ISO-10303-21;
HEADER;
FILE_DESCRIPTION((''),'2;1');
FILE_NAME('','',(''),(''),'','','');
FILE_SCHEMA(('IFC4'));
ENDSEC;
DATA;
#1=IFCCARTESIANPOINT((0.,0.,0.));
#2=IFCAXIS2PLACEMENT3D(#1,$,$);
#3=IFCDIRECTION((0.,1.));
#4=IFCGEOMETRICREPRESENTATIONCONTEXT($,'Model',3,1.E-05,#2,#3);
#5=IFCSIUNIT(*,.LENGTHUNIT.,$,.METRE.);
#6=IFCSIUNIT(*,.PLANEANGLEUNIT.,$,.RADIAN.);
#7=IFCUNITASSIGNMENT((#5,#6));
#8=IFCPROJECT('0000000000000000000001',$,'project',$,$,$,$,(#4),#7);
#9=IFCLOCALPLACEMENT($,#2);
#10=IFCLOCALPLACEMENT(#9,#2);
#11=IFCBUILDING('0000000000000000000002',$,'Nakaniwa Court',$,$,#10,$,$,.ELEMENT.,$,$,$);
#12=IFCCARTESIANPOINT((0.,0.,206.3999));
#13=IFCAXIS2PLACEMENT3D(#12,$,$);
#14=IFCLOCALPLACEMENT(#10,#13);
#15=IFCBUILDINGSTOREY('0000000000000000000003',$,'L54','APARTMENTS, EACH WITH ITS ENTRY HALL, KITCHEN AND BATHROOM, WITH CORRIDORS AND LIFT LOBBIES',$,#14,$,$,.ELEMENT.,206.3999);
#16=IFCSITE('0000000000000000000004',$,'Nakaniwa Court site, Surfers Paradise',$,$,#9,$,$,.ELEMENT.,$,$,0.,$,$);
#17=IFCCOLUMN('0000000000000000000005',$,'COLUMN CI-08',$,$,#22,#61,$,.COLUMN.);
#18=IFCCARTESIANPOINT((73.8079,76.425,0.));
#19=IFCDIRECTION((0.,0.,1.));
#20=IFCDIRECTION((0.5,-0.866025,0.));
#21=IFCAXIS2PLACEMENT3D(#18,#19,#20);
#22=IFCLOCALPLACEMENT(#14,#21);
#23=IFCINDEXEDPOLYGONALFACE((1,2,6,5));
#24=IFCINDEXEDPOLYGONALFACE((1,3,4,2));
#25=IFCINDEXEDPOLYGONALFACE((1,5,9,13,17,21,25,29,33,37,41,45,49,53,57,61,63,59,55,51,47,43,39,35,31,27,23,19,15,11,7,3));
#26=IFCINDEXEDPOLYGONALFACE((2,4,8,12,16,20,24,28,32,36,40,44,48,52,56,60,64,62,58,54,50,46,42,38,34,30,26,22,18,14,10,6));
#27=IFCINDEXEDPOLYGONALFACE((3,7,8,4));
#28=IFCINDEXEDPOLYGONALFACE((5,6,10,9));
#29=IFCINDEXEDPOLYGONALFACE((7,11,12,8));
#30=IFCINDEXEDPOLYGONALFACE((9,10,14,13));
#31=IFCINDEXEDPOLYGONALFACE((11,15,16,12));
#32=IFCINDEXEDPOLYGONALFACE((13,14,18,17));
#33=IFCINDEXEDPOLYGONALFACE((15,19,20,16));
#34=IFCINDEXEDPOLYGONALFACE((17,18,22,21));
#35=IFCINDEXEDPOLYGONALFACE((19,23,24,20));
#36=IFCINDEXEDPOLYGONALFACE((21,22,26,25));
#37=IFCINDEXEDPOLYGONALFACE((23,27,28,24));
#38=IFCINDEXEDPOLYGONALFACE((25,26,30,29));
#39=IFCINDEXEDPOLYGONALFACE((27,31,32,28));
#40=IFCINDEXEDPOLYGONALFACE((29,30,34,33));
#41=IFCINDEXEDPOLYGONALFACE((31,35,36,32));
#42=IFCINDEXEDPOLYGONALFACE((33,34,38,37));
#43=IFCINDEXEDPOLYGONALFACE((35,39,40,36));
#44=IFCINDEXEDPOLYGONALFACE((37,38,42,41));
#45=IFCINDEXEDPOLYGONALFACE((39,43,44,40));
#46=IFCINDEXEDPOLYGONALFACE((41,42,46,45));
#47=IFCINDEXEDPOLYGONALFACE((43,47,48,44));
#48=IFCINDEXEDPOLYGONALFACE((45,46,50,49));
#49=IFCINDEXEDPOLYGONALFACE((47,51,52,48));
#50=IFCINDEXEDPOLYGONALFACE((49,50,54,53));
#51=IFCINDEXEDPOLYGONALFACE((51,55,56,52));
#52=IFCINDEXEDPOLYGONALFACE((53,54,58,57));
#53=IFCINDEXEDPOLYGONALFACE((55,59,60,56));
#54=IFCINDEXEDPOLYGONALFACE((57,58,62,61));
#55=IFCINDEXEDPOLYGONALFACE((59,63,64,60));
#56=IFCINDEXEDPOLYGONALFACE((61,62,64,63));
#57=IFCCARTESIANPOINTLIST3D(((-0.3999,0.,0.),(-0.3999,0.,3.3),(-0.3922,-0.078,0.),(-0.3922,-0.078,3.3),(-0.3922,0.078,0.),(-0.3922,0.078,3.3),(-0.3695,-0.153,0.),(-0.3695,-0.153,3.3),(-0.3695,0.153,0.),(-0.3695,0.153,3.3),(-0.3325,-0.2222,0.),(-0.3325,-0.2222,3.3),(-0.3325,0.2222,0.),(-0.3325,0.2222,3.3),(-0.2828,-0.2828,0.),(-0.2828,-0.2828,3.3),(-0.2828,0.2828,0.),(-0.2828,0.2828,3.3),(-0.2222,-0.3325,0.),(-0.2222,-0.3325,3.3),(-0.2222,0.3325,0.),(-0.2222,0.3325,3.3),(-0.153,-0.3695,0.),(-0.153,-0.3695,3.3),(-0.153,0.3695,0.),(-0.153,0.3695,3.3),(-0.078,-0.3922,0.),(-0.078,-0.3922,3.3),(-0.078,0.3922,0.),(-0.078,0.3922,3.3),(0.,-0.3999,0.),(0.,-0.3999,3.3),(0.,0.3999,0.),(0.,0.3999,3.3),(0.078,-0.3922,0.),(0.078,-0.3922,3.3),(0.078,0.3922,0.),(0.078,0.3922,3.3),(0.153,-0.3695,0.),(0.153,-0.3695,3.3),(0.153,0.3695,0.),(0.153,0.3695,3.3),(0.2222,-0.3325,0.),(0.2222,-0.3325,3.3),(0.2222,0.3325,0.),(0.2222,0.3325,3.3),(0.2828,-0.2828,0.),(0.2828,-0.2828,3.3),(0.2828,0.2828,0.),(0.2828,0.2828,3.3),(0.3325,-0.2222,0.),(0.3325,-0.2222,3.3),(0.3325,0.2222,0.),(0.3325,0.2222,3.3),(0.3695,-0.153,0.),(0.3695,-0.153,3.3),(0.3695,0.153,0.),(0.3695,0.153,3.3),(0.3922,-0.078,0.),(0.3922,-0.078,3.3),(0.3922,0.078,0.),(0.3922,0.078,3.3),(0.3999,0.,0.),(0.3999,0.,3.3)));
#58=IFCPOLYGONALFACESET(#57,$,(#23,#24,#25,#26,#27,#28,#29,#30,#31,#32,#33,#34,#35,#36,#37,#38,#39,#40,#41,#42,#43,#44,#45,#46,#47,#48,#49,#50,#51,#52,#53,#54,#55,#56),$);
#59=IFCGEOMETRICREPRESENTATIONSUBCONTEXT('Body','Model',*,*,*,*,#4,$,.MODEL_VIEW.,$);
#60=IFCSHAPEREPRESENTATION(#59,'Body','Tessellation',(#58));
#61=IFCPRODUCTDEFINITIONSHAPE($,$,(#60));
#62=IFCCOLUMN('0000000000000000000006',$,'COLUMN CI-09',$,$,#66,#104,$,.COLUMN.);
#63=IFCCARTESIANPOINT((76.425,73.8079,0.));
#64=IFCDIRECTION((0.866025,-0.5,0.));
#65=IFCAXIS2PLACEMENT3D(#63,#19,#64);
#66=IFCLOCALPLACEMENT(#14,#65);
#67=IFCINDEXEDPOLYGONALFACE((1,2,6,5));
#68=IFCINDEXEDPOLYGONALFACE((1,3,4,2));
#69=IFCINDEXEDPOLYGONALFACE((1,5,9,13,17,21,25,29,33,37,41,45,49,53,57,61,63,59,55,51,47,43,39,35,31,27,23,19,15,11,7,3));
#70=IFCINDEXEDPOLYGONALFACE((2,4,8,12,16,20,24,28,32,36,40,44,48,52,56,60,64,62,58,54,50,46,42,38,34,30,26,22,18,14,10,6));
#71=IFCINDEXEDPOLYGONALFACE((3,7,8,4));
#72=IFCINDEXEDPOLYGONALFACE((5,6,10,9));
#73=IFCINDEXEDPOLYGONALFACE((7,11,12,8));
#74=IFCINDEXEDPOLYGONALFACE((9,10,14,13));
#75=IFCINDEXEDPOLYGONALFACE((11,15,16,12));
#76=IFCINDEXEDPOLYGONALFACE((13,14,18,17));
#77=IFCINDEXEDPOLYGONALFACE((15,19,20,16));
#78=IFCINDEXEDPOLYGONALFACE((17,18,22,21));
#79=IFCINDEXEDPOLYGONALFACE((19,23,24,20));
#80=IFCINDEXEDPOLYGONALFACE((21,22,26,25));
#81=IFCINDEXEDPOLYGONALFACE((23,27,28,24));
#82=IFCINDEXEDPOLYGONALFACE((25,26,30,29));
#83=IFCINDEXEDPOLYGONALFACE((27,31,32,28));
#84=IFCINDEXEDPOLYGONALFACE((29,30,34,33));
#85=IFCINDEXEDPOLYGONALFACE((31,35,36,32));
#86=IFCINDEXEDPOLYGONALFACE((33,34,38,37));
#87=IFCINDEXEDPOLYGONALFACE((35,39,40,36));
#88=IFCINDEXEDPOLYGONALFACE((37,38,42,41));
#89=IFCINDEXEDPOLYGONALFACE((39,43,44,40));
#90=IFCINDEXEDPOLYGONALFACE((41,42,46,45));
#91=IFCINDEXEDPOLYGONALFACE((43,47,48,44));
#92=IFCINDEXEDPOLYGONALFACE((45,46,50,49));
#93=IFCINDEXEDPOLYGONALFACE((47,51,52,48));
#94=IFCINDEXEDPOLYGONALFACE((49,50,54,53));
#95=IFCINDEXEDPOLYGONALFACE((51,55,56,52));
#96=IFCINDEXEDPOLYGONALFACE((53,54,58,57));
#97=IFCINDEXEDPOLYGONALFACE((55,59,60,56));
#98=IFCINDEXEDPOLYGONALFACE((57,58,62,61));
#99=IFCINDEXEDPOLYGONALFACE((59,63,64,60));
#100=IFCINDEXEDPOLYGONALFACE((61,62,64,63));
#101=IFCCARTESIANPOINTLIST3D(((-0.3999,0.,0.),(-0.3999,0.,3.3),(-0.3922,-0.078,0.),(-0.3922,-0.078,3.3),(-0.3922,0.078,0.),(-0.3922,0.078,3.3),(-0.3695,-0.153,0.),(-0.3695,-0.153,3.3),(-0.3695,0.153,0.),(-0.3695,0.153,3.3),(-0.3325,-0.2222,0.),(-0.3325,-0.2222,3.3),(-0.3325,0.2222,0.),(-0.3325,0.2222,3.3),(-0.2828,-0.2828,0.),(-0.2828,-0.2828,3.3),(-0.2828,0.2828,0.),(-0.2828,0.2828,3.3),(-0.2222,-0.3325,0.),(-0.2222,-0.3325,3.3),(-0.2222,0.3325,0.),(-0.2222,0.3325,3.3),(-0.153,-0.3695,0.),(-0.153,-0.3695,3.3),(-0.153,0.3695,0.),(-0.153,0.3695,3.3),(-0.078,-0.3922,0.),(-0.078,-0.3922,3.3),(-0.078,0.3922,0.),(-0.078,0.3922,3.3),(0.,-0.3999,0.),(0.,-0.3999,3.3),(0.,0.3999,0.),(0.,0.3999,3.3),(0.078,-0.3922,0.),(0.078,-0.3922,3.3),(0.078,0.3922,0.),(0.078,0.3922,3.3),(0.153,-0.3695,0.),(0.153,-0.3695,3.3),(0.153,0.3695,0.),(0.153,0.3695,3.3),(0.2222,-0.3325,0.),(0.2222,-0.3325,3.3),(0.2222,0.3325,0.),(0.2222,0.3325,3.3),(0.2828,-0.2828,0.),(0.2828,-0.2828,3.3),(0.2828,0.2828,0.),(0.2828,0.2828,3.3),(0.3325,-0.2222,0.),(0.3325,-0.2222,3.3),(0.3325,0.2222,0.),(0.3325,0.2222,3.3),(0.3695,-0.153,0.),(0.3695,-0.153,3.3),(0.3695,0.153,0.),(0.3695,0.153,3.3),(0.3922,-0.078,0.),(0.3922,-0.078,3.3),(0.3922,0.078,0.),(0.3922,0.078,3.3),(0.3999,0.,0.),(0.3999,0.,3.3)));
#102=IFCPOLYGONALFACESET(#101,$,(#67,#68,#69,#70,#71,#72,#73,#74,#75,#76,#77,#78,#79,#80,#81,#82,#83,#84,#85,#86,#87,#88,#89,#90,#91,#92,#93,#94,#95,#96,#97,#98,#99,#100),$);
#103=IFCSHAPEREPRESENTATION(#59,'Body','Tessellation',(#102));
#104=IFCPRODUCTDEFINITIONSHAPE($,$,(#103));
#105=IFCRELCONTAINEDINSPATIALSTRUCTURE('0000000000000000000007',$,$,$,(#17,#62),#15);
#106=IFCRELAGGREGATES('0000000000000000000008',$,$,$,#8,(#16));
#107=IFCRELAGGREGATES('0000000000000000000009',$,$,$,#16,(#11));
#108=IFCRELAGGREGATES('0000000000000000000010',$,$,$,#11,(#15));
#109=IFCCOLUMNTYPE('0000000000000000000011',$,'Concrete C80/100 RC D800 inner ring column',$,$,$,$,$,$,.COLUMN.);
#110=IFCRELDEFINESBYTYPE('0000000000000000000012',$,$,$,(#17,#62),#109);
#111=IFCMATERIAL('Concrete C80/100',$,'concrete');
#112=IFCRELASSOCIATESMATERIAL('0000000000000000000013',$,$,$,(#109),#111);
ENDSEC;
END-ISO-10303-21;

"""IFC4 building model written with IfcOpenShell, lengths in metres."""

from ifc_helpers import new_model, si_unit, direction, frame, origin, origin_2d, place, context, subcontext, project, spatial, circle, extrude, material, material_profile, profile_set, type_object, element, save


model = new_model("IFC4")

# Units and contexts
model_context = context("Model", 3, precision=1e-05, world=origin(), true_north=direction((0.0, 1.0)))
body_context = subcontext(model_context, "Body", "Model", "MODEL_VIEW")
ifc_project = project(units=[si_unit("LENGTHUNIT", "METRE"), si_unit("PLANEANGLEUNIT", "RADIAN")], contexts=[model_context])

# Site, building, storey
site_placement = place(None, origin())
site = spatial("IfcSite", under=ifc_project, at=site_placement, Name="Nakaniwa Court site, Surfers Paradise", CompositionType="ELEMENT", RefElevation=0.0)
building_placement = place(site_placement, origin())
building = spatial("IfcBuilding", under=site, at=building_placement, Name="Nakaniwa Court", CompositionType="ELEMENT")
storey_placement = place(building_placement, frame((0.0, 0.0, 206.3999)))
storey = spatial("IfcBuildingStorey", under=building, at=storey_placement, Name="L54", Description="APARTMENTS, EACH WITH ITS ENTRY HALL, KITCHEN AND BATHROOM, WITH CORRIDORS AND LIFT LOBBIES", CompositionType="ELEMENT", Elevation=206.3999)

# Columns
ifc_material_1 = material(Name="Concrete C80/100", Category="concrete")
ifc_material_profile_1 = material_profile(ifc_material_1, circle(Radius=0.3999, at=origin_2d()), Name="Concrete C80/100 RC D800 inner ring column")
ifc_profile_set_1 = profile_set([ifc_material_profile_1], Name="Concrete C80/100")
column_type_1 = type_object("IfcColumnType", Name="Concrete C80/100 RC D800 inner ring column", PredefinedType="COLUMN", material=ifc_profile_set_1)
for number, where, z_axis, x_axis, name in (
    (1, (73.8079, 76.425, 0.0), (0.0, 0.0, 1.0), (0.5, -0.866025, 0.0), "COLUMN CI-08"),
    (2, (76.425, 73.8079, 0.0), (0.0, 0.0, 1.0), (0.866025, -0.5, 0.0), "COLUMN CI-09"),
):
    element("IfcColumn", number, at=place(storey_placement, frame(where, z_axis=z_axis, x_axis=x_axis)), inside=storey, type_object=column_type_1, Name=name, PredefinedType="COLUMN", context=body_context, shape_type="SweptSolid", body=[
        extrude(circle(Radius=0.3999, at=origin_2d()), origin(), (0.0, 0.0, 1.0), 3.3),
    ])

save(model, "model.ifc")
